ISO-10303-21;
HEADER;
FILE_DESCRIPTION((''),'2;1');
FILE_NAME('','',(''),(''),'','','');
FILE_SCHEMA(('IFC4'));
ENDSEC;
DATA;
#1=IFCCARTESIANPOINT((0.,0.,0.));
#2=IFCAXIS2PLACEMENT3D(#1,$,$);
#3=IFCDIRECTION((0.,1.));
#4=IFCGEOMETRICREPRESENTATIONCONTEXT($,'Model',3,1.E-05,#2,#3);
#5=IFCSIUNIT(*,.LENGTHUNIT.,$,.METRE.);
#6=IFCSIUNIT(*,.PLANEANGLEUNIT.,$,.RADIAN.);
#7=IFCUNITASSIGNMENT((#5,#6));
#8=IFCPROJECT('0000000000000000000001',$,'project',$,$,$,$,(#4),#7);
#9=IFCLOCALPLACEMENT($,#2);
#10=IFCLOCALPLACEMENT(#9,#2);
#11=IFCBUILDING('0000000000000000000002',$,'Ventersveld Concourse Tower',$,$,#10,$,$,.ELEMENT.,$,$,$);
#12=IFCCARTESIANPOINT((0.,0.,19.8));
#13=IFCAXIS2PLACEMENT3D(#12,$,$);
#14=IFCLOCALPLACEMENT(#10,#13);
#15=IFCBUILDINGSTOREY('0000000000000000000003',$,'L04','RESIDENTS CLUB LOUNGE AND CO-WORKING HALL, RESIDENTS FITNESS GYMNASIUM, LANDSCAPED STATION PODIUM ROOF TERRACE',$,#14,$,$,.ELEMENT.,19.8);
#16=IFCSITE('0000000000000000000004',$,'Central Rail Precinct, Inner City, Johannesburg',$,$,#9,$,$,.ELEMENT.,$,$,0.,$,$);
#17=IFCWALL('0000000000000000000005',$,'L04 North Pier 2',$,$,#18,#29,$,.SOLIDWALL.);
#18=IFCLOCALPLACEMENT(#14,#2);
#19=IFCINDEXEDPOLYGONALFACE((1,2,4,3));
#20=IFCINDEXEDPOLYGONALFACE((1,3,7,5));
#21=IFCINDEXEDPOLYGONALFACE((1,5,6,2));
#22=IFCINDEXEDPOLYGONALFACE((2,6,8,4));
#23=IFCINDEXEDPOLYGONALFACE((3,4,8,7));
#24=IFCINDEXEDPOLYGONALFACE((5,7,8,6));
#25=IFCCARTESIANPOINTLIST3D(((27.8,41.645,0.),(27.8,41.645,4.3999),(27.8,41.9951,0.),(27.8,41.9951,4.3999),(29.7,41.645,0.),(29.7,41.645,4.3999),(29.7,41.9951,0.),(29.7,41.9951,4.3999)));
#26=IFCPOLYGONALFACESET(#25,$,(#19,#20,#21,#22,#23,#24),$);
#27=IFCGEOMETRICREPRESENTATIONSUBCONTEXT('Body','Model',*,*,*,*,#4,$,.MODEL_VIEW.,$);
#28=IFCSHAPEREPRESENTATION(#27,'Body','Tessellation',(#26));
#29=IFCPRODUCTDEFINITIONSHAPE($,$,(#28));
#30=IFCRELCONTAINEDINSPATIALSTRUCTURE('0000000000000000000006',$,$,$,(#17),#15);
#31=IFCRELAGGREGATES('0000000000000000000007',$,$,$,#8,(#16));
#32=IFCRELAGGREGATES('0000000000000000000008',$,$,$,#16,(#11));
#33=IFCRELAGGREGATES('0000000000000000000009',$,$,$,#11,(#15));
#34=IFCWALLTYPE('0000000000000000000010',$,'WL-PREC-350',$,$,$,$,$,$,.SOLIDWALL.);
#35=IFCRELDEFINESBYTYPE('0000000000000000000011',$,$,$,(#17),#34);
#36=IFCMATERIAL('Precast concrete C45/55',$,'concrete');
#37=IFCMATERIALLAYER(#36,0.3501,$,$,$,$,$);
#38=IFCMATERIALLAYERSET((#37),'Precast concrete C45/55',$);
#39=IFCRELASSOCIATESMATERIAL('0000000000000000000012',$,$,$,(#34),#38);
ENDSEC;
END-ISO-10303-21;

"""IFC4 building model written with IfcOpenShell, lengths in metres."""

from ifc_helpers import new_model, si_unit, direction, frame, frame_2d, origin, place, context, subcontext, project, spatial, rectangle, extrude, material, layer, layer_set, type_object, element, save


model = new_model("IFC4")

# Units and contexts
model_context = context("Model", 3, precision=1e-05, world=origin(), true_north=direction((0.0, 1.0)))
body_context = subcontext(model_context, "Body", "Model", "MODEL_VIEW")
ifc_project = project(units=[si_unit("LENGTHUNIT", "METRE"), si_unit("PLANEANGLEUNIT", "RADIAN")], contexts=[model_context])

# Site, building, storey
site_placement = place(None, origin())
site = spatial("IfcSite", under=ifc_project, at=site_placement, Name="Central Rail Precinct, Inner City, Johannesburg", CompositionType="ELEMENT", RefElevation=0.0)
building_placement = place(site_placement, origin())
building = spatial("IfcBuilding", under=site, at=building_placement, Name="Ventersveld Concourse Tower", CompositionType="ELEMENT")
storey_placement = place(building_placement, frame((0.0, 0.0, 19.8)))
storey = spatial("IfcBuildingStorey", under=building, at=storey_placement, Name="L04", Description="RESIDENTS CLUB LOUNGE AND CO-WORKING HALL, RESIDENTS FITNESS GYMNASIUM, LANDSCAPED STATION PODIUM ROOF TERRACE", CompositionType="ELEMENT", Elevation=19.8)

# Wall
ifc_material_1 = material(Name="Precast concrete C45/55", Category="concrete")
ifc_layer_1 = layer(ifc_material_1, 0.3501)
ifc_layer_set_1 = layer_set([ifc_layer_1], Name="Precast concrete C45/55")
wall_type = type_object("IfcWallType", Name="WL-PREC-350", PredefinedType="SOLIDWALL", material=ifc_layer_set_1)
wall_placement = place(storey_placement, frame((27.8, 41.8201, 0.0), z_axis=(0.0, 0.0, 1.0), x_axis=(1.0, 0.0, 0.0)))
element("IfcWall", 1, at=wall_placement, inside=storey, type_object=wall_type, Name="L04 North Pier 2", PredefinedType="SOLIDWALL", context=body_context, shape_type="SweptSolid", body=[
    extrude(rectangle(XDim=1.8999, YDim=0.3501, at=frame_2d((0.95, 0.0))), origin(), (0.0, 0.0, 1.0), 4.3999),
])

save(model, "model.ifc")
